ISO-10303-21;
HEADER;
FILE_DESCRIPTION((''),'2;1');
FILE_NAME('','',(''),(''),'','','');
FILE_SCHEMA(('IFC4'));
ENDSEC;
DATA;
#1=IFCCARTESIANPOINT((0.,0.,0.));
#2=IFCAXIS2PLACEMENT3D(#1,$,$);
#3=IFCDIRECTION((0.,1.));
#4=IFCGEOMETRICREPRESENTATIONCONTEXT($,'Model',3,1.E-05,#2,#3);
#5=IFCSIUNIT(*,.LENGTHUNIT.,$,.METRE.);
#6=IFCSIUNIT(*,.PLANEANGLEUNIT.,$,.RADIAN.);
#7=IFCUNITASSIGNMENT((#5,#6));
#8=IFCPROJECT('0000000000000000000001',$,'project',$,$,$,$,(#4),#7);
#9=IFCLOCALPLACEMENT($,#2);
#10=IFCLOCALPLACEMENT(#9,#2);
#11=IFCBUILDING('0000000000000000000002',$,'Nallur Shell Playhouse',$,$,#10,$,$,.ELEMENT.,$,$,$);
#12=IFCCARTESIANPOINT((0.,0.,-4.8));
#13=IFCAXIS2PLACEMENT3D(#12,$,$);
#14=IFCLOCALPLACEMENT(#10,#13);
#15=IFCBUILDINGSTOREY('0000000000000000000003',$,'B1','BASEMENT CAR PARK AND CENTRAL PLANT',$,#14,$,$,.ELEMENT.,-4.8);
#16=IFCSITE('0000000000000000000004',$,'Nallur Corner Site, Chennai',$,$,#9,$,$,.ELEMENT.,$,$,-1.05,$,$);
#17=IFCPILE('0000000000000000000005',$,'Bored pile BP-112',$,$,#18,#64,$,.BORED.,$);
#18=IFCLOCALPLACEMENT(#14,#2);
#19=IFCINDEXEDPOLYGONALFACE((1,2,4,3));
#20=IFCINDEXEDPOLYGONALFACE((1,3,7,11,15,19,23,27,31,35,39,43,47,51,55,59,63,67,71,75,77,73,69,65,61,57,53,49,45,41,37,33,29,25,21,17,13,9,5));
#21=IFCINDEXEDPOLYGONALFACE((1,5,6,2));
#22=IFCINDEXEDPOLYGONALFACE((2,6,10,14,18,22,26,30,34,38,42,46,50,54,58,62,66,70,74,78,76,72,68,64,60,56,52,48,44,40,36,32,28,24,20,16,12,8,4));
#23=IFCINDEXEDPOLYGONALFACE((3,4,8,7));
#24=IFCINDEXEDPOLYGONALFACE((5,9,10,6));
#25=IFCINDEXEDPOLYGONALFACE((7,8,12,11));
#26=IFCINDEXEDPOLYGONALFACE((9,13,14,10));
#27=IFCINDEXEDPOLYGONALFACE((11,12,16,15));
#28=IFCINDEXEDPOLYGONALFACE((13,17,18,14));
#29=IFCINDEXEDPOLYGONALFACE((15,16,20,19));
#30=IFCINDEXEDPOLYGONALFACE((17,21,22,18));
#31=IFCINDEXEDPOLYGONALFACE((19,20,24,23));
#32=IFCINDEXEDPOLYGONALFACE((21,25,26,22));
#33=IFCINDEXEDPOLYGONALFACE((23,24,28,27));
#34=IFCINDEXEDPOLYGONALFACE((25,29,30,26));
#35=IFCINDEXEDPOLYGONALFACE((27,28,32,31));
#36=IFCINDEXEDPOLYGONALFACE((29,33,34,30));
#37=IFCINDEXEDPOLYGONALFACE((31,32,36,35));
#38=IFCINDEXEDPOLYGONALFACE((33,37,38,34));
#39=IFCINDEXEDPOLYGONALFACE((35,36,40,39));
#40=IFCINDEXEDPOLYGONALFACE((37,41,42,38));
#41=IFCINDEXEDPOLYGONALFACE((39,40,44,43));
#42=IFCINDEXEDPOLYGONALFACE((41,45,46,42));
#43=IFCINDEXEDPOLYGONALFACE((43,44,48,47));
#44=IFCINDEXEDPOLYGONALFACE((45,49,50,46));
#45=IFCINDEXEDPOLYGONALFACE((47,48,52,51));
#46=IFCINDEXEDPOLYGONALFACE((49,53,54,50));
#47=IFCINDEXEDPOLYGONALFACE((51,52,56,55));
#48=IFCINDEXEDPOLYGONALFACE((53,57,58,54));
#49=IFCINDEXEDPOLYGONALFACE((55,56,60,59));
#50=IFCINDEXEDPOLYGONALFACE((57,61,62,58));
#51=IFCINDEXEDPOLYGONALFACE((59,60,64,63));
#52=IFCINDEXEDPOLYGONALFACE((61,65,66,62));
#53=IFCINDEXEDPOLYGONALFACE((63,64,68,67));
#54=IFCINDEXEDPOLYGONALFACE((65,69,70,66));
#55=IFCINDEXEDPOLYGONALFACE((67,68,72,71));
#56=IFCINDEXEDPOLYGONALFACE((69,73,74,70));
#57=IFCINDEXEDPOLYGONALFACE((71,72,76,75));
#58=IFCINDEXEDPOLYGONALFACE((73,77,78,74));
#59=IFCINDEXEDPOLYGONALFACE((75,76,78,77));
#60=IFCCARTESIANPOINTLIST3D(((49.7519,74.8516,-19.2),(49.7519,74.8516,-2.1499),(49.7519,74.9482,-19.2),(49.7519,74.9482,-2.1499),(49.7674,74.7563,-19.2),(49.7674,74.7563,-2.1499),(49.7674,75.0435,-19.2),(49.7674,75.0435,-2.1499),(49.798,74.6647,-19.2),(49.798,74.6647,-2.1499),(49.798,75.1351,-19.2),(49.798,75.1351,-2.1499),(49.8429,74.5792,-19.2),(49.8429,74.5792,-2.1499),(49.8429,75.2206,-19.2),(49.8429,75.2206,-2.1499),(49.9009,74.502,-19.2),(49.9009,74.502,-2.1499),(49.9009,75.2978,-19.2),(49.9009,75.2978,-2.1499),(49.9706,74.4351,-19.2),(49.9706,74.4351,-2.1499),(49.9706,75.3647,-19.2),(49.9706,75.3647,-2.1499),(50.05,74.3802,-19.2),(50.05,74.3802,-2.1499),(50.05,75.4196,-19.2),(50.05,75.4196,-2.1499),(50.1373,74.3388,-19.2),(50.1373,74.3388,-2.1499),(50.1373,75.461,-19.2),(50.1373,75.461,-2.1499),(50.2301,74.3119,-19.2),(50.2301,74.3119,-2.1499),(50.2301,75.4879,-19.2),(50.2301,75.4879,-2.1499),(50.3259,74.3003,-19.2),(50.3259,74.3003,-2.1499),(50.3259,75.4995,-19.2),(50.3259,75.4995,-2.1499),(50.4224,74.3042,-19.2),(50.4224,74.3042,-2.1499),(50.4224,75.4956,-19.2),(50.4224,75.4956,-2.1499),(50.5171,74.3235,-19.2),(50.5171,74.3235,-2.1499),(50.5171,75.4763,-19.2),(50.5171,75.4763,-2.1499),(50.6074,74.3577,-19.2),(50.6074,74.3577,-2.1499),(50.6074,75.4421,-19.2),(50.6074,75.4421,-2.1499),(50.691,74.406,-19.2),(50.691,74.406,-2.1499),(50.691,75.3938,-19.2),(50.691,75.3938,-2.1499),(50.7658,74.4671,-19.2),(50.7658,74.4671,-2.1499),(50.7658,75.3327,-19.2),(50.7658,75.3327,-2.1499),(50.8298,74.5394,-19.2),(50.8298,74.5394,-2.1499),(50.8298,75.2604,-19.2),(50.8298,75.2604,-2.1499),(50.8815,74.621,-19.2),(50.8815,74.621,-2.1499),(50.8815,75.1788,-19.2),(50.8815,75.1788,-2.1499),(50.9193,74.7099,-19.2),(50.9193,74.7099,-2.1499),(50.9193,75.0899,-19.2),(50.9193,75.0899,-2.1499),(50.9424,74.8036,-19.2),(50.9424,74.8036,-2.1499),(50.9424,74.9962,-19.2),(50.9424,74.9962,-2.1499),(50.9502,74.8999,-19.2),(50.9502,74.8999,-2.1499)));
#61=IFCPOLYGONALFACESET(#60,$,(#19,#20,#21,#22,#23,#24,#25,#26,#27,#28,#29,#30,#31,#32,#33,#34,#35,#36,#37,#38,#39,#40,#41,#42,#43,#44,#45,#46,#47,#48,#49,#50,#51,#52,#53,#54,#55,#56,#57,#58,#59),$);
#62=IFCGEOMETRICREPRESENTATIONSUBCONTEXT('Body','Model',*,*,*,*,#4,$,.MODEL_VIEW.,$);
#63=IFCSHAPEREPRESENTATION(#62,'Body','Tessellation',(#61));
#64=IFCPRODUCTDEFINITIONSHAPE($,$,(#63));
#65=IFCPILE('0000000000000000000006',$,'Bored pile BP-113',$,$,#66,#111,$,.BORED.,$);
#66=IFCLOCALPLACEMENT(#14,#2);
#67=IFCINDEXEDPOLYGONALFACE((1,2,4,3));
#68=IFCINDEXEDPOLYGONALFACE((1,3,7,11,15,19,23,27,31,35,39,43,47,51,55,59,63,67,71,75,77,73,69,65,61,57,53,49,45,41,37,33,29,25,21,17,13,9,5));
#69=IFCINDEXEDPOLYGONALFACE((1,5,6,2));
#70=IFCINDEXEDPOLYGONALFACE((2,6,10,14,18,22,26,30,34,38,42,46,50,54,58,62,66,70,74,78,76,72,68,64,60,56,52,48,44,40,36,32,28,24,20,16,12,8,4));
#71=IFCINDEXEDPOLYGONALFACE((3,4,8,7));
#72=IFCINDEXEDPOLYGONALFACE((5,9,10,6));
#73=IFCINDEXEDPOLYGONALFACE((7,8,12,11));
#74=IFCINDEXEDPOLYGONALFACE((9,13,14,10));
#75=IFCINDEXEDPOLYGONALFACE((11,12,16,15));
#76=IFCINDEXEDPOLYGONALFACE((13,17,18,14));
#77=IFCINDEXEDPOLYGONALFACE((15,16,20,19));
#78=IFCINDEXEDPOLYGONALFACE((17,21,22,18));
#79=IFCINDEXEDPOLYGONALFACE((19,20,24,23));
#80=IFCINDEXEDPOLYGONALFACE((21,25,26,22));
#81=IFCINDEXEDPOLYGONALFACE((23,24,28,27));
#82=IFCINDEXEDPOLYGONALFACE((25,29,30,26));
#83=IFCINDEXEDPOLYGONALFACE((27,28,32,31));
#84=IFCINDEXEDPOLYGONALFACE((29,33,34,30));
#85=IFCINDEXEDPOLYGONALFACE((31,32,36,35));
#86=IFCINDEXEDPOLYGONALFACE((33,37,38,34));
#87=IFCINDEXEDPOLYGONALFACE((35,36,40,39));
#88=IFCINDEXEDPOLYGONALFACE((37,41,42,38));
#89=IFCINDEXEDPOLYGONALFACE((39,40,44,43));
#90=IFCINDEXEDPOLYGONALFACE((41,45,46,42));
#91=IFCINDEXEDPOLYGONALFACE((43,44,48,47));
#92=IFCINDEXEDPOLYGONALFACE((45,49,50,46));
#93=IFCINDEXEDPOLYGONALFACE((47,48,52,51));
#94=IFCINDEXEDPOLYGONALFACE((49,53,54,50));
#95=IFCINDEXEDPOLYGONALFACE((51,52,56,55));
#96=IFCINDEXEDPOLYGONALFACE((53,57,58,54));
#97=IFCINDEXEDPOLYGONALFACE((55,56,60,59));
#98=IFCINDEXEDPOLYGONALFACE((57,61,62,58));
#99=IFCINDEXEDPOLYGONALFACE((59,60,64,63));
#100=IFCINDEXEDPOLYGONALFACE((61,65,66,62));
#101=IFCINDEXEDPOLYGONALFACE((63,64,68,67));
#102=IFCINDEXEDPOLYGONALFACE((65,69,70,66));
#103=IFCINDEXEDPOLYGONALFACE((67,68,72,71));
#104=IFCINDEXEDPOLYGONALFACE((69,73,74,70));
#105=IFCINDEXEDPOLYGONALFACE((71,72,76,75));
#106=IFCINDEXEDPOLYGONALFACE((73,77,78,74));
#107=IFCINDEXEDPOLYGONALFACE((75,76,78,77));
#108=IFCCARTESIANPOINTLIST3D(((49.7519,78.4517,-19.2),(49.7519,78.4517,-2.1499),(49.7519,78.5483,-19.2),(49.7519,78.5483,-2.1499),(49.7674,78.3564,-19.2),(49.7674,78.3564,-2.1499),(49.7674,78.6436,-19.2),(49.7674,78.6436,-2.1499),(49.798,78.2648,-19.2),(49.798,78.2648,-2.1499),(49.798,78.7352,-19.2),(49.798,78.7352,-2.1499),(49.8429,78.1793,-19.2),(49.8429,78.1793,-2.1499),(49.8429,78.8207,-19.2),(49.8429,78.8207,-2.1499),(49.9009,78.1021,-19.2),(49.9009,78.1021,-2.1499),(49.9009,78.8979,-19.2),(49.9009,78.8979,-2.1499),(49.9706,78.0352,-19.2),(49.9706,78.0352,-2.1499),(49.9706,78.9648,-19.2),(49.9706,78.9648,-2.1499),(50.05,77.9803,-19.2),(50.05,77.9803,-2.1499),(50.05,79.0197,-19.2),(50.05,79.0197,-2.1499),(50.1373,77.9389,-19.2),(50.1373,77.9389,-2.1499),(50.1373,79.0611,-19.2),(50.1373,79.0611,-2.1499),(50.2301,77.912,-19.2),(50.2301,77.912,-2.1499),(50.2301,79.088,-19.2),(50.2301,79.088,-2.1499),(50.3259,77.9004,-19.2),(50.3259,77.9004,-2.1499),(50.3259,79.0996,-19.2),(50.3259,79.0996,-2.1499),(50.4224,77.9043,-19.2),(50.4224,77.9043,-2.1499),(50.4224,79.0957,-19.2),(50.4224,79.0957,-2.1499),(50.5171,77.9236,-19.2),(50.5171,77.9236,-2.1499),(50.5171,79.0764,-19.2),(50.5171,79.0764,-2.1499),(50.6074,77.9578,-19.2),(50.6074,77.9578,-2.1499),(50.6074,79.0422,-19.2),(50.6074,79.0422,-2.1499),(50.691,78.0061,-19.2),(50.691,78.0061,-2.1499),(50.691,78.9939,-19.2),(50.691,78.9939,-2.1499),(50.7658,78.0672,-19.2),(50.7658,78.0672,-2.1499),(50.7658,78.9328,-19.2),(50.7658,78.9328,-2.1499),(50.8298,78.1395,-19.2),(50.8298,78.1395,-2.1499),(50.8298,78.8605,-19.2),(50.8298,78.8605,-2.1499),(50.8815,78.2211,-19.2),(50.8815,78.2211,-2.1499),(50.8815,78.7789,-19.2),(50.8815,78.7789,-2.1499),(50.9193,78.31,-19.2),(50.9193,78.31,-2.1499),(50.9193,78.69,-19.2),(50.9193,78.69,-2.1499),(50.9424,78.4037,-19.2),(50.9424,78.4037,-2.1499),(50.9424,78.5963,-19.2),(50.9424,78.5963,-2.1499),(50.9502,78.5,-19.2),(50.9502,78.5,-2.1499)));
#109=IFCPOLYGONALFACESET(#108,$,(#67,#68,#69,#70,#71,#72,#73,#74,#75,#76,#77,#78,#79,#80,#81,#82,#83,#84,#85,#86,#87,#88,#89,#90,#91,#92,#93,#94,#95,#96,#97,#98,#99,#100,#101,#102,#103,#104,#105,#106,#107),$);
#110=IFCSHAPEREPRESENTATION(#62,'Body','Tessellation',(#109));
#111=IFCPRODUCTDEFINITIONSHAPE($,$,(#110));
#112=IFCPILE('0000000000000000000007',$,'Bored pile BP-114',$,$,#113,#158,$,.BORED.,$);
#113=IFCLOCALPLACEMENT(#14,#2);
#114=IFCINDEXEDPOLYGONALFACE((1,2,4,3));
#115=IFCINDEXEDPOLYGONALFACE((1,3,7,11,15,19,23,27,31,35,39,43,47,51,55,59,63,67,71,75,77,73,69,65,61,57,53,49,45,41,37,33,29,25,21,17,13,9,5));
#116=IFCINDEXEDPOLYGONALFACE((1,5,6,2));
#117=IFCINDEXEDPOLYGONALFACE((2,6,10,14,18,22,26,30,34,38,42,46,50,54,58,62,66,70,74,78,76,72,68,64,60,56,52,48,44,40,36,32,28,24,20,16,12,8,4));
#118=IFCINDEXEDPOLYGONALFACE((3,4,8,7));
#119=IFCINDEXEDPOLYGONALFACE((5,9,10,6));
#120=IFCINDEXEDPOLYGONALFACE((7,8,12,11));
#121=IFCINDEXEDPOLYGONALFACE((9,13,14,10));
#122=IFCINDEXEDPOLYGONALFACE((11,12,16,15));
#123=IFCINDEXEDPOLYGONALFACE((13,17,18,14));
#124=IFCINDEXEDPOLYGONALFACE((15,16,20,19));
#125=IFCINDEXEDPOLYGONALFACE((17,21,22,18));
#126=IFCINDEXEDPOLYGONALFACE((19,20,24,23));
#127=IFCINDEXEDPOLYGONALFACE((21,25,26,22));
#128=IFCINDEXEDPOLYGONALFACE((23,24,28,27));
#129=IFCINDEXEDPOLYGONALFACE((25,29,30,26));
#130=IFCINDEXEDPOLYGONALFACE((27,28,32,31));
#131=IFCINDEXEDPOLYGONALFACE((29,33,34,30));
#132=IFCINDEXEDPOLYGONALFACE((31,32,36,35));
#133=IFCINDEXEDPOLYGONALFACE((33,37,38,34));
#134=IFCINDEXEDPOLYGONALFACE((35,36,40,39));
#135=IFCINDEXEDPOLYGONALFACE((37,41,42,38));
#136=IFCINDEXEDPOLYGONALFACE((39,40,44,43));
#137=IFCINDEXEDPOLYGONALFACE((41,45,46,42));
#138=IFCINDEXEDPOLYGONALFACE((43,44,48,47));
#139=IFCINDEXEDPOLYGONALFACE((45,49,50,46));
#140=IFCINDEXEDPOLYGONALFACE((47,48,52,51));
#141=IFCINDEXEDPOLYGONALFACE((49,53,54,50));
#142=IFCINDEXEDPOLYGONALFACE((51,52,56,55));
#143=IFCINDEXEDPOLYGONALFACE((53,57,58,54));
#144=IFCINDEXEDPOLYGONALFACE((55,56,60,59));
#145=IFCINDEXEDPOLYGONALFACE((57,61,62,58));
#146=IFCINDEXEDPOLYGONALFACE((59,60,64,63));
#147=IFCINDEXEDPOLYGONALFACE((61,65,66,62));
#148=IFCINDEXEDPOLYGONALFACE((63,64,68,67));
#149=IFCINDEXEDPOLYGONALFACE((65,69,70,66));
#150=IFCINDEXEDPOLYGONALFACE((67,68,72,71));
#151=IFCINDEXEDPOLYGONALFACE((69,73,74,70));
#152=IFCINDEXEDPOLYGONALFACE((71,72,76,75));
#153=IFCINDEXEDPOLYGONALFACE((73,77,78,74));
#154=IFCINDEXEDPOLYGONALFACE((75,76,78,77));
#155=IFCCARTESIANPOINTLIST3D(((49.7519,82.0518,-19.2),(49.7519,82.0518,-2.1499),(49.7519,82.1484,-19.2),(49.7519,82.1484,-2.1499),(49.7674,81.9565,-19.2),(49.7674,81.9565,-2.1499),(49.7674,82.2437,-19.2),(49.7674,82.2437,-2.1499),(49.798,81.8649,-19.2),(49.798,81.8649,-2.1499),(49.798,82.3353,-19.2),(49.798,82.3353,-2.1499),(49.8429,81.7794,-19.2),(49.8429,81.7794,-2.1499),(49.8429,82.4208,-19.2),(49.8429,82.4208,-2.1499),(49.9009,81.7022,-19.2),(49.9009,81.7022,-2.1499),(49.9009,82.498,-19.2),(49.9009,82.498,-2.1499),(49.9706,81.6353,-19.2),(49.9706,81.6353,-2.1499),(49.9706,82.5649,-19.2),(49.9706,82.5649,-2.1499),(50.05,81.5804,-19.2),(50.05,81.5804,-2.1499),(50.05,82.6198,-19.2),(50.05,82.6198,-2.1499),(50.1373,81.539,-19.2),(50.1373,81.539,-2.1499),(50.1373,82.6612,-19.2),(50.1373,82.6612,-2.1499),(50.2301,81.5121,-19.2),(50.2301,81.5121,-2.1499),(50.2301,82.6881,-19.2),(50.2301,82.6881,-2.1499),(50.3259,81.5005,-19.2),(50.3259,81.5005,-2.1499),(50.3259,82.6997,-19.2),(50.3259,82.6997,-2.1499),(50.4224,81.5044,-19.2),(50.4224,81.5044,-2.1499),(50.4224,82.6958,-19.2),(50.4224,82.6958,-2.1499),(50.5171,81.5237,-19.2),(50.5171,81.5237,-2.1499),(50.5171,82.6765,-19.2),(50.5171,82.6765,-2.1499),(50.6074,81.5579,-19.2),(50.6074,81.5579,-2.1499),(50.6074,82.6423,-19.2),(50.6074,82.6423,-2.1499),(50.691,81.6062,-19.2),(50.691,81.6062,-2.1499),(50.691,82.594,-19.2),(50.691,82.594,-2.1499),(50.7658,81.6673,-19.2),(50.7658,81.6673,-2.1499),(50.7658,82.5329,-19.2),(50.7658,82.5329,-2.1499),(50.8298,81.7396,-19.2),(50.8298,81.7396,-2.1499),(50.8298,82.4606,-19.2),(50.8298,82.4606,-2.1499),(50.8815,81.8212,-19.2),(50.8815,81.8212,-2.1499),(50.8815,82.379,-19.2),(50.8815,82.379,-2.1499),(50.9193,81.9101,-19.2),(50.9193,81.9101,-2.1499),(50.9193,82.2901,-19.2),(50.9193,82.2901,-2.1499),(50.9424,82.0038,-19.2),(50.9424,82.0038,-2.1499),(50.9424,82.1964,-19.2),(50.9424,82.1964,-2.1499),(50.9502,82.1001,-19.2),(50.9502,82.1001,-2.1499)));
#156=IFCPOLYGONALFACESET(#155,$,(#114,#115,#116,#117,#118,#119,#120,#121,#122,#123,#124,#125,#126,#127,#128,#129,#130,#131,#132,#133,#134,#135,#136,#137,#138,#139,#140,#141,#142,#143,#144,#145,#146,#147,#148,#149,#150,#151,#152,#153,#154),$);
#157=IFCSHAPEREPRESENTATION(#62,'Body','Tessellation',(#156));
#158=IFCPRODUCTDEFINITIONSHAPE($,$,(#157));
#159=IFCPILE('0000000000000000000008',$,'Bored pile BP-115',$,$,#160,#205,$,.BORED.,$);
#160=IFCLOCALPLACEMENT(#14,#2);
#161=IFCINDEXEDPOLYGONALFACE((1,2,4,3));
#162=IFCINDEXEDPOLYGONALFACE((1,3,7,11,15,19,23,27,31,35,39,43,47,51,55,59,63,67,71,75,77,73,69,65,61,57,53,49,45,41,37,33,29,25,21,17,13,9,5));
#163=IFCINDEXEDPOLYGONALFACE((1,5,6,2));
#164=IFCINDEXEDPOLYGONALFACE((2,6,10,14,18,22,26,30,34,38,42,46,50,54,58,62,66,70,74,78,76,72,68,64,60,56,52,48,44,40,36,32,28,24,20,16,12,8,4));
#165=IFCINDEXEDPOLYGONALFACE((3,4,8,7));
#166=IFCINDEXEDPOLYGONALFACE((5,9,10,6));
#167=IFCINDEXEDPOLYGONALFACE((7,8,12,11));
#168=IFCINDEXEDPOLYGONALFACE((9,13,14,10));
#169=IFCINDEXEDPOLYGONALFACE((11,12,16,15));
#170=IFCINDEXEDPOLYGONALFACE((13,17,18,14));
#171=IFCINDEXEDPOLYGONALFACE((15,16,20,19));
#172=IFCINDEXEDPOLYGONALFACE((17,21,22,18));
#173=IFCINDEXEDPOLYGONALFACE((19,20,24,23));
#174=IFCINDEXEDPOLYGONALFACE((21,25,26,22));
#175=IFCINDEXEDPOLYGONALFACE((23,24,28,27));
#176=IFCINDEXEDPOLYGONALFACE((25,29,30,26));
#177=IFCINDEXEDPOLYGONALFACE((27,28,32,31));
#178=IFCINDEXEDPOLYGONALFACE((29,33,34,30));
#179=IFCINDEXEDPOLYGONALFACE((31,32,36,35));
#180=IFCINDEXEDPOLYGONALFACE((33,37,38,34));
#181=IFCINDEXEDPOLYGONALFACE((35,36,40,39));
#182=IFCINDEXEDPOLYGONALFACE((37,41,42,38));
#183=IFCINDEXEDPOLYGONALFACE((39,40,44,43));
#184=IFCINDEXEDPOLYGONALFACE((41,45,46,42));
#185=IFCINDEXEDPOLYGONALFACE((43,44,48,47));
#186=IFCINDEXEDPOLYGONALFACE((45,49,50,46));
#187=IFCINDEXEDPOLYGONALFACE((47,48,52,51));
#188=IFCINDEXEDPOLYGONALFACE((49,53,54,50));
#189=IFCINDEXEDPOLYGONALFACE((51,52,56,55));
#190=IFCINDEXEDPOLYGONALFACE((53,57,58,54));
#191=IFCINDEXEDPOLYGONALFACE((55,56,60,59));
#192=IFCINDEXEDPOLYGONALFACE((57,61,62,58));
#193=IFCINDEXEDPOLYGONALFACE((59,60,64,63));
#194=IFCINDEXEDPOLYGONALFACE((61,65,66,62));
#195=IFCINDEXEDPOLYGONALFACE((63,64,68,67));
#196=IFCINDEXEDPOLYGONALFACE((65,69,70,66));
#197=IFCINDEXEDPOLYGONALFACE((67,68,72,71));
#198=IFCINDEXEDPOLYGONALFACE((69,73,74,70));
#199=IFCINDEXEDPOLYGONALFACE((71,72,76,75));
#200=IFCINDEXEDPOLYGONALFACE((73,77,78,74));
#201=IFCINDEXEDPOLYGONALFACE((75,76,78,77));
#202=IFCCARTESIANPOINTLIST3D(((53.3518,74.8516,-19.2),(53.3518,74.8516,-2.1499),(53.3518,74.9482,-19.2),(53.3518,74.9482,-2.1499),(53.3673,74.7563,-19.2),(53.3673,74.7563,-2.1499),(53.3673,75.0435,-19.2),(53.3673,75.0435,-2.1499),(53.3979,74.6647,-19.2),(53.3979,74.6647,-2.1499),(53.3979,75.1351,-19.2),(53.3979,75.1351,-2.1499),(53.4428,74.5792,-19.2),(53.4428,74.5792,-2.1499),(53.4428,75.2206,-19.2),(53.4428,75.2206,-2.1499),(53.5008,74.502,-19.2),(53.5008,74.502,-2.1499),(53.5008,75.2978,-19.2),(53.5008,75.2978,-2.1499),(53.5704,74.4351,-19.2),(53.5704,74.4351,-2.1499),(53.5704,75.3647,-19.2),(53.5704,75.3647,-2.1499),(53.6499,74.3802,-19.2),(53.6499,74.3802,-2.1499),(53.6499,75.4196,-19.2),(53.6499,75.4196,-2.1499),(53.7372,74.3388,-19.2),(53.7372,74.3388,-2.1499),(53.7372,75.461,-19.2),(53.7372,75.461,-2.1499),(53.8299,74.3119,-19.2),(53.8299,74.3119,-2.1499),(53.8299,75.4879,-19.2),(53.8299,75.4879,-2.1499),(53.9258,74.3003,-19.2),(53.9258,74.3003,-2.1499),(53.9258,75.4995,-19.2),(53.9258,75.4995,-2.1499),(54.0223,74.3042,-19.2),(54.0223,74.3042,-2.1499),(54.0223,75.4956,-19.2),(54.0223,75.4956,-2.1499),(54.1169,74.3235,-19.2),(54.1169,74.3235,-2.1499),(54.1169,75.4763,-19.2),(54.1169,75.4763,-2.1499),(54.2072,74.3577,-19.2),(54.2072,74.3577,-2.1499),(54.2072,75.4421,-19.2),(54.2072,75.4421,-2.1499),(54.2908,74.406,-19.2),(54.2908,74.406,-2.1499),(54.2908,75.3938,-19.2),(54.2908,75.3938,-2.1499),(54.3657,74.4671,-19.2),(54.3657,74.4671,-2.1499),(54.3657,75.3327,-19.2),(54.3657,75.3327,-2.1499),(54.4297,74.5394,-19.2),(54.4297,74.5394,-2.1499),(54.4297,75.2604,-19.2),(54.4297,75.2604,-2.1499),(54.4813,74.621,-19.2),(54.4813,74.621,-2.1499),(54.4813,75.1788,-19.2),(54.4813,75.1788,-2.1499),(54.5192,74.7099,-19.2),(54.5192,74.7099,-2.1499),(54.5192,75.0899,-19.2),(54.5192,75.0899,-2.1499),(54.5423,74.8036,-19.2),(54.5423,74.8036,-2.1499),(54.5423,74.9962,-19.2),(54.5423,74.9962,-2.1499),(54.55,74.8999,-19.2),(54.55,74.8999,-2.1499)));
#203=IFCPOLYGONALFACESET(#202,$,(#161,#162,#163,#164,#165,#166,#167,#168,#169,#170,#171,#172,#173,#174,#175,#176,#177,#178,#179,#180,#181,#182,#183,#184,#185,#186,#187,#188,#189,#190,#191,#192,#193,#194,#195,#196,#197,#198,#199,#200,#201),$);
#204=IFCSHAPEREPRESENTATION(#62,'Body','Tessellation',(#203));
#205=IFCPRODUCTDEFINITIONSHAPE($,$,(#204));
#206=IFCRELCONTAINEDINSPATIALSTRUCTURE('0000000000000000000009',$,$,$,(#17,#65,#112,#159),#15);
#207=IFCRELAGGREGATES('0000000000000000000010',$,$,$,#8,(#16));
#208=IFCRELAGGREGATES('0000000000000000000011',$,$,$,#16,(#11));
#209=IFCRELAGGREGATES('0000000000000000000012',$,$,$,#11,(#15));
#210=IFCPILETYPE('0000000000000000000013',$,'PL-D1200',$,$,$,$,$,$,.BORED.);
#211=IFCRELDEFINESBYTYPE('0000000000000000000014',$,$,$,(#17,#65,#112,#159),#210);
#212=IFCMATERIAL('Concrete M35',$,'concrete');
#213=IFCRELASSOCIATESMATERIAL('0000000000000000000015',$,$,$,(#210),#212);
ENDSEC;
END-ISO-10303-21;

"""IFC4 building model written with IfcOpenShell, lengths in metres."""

from ifc_helpers import new_model, si_unit, direction, frame, origin, origin_2d, place, context, subcontext, project, spatial, circle, extrude, material, material_profile, profile_set, type_object, element, save


model = new_model("IFC4")

# Units and contexts
model_context = context("Model", 3, precision=1e-05, world=origin(), true_north=direction((0.0, 1.0)))
body_context = subcontext(model_context, "Body", "Model", "MODEL_VIEW")
ifc_project = project(units=[si_unit("LENGTHUNIT", "METRE"), si_unit("PLANEANGLEUNIT", "RADIAN")], contexts=[model_context])

# Site, building, storey
site_placement = place(None, origin())
site = spatial("IfcSite", under=ifc_project, at=site_placement, Name="Nallur Corner Site, Chennai", CompositionType="ELEMENT", RefElevation=-1.05)
building_placement = place(site_placement, origin())
building = spatial("IfcBuilding", under=site, at=building_placement, Name="Nallur Shell Playhouse", CompositionType="ELEMENT")
storey_placement = place(building_placement, frame((0.0, 0.0, -4.8)))
storey = spatial("IfcBuildingStorey", under=building, at=storey_placement, Name="B1", Description="BASEMENT CAR PARK AND CENTRAL PLANT", CompositionType="ELEMENT", Elevation=-4.8)

# Shared definitions
ifc_material_1 = material(Name="Concrete M35", Category="concrete")

# Piles
ifc_material_profile_1 = material_profile(ifc_material_1, circle(Radius=0.6001, at=origin_2d()), Name="BORED PILE D1200")
ifc_profile_set_1 = profile_set([ifc_material_profile_1], Name="Concrete M35")
pile_type = type_object("IfcPileType", Name="PL-D1200", PredefinedType="BORED", material=ifc_profile_set_1)
for number, where, z_axis, x_axis, name in (
    (1, (50.3501, 74.8999, -2.1499), (0.0, 0.0, -1.0), (1.0, 0.0, 0.0), "Bored pile BP-112"),
    (2, (50.3501, 78.5, -2.1499), (0.0, 0.0, -1.0), (1.0, 0.0, 0.0), "Bored pile BP-113"),
    (3, (50.3501, 82.1001, -2.1499), (0.0, 0.0, -1.0), (1.0, 0.0, 0.0), "Bored pile BP-114"),
    (4, (53.95, 74.8999, -2.1499), (0.0, 0.0, -1.0), (1.0, 0.0, 0.0), "Bored pile BP-115"),
):
    element("IfcPile", number, at=place(storey_placement, frame(where, z_axis=z_axis, x_axis=x_axis)), inside=storey, type_object=pile_type, Name=name, PredefinedType="BORED", context=body_context, shape_type="SweptSolid", body=[
        extrude(circle(Radius=0.6001, at=origin_2d()), origin(), (0.0, 0.0, 1.0), 17.05),
    ])

save(model, "model.ifc")
